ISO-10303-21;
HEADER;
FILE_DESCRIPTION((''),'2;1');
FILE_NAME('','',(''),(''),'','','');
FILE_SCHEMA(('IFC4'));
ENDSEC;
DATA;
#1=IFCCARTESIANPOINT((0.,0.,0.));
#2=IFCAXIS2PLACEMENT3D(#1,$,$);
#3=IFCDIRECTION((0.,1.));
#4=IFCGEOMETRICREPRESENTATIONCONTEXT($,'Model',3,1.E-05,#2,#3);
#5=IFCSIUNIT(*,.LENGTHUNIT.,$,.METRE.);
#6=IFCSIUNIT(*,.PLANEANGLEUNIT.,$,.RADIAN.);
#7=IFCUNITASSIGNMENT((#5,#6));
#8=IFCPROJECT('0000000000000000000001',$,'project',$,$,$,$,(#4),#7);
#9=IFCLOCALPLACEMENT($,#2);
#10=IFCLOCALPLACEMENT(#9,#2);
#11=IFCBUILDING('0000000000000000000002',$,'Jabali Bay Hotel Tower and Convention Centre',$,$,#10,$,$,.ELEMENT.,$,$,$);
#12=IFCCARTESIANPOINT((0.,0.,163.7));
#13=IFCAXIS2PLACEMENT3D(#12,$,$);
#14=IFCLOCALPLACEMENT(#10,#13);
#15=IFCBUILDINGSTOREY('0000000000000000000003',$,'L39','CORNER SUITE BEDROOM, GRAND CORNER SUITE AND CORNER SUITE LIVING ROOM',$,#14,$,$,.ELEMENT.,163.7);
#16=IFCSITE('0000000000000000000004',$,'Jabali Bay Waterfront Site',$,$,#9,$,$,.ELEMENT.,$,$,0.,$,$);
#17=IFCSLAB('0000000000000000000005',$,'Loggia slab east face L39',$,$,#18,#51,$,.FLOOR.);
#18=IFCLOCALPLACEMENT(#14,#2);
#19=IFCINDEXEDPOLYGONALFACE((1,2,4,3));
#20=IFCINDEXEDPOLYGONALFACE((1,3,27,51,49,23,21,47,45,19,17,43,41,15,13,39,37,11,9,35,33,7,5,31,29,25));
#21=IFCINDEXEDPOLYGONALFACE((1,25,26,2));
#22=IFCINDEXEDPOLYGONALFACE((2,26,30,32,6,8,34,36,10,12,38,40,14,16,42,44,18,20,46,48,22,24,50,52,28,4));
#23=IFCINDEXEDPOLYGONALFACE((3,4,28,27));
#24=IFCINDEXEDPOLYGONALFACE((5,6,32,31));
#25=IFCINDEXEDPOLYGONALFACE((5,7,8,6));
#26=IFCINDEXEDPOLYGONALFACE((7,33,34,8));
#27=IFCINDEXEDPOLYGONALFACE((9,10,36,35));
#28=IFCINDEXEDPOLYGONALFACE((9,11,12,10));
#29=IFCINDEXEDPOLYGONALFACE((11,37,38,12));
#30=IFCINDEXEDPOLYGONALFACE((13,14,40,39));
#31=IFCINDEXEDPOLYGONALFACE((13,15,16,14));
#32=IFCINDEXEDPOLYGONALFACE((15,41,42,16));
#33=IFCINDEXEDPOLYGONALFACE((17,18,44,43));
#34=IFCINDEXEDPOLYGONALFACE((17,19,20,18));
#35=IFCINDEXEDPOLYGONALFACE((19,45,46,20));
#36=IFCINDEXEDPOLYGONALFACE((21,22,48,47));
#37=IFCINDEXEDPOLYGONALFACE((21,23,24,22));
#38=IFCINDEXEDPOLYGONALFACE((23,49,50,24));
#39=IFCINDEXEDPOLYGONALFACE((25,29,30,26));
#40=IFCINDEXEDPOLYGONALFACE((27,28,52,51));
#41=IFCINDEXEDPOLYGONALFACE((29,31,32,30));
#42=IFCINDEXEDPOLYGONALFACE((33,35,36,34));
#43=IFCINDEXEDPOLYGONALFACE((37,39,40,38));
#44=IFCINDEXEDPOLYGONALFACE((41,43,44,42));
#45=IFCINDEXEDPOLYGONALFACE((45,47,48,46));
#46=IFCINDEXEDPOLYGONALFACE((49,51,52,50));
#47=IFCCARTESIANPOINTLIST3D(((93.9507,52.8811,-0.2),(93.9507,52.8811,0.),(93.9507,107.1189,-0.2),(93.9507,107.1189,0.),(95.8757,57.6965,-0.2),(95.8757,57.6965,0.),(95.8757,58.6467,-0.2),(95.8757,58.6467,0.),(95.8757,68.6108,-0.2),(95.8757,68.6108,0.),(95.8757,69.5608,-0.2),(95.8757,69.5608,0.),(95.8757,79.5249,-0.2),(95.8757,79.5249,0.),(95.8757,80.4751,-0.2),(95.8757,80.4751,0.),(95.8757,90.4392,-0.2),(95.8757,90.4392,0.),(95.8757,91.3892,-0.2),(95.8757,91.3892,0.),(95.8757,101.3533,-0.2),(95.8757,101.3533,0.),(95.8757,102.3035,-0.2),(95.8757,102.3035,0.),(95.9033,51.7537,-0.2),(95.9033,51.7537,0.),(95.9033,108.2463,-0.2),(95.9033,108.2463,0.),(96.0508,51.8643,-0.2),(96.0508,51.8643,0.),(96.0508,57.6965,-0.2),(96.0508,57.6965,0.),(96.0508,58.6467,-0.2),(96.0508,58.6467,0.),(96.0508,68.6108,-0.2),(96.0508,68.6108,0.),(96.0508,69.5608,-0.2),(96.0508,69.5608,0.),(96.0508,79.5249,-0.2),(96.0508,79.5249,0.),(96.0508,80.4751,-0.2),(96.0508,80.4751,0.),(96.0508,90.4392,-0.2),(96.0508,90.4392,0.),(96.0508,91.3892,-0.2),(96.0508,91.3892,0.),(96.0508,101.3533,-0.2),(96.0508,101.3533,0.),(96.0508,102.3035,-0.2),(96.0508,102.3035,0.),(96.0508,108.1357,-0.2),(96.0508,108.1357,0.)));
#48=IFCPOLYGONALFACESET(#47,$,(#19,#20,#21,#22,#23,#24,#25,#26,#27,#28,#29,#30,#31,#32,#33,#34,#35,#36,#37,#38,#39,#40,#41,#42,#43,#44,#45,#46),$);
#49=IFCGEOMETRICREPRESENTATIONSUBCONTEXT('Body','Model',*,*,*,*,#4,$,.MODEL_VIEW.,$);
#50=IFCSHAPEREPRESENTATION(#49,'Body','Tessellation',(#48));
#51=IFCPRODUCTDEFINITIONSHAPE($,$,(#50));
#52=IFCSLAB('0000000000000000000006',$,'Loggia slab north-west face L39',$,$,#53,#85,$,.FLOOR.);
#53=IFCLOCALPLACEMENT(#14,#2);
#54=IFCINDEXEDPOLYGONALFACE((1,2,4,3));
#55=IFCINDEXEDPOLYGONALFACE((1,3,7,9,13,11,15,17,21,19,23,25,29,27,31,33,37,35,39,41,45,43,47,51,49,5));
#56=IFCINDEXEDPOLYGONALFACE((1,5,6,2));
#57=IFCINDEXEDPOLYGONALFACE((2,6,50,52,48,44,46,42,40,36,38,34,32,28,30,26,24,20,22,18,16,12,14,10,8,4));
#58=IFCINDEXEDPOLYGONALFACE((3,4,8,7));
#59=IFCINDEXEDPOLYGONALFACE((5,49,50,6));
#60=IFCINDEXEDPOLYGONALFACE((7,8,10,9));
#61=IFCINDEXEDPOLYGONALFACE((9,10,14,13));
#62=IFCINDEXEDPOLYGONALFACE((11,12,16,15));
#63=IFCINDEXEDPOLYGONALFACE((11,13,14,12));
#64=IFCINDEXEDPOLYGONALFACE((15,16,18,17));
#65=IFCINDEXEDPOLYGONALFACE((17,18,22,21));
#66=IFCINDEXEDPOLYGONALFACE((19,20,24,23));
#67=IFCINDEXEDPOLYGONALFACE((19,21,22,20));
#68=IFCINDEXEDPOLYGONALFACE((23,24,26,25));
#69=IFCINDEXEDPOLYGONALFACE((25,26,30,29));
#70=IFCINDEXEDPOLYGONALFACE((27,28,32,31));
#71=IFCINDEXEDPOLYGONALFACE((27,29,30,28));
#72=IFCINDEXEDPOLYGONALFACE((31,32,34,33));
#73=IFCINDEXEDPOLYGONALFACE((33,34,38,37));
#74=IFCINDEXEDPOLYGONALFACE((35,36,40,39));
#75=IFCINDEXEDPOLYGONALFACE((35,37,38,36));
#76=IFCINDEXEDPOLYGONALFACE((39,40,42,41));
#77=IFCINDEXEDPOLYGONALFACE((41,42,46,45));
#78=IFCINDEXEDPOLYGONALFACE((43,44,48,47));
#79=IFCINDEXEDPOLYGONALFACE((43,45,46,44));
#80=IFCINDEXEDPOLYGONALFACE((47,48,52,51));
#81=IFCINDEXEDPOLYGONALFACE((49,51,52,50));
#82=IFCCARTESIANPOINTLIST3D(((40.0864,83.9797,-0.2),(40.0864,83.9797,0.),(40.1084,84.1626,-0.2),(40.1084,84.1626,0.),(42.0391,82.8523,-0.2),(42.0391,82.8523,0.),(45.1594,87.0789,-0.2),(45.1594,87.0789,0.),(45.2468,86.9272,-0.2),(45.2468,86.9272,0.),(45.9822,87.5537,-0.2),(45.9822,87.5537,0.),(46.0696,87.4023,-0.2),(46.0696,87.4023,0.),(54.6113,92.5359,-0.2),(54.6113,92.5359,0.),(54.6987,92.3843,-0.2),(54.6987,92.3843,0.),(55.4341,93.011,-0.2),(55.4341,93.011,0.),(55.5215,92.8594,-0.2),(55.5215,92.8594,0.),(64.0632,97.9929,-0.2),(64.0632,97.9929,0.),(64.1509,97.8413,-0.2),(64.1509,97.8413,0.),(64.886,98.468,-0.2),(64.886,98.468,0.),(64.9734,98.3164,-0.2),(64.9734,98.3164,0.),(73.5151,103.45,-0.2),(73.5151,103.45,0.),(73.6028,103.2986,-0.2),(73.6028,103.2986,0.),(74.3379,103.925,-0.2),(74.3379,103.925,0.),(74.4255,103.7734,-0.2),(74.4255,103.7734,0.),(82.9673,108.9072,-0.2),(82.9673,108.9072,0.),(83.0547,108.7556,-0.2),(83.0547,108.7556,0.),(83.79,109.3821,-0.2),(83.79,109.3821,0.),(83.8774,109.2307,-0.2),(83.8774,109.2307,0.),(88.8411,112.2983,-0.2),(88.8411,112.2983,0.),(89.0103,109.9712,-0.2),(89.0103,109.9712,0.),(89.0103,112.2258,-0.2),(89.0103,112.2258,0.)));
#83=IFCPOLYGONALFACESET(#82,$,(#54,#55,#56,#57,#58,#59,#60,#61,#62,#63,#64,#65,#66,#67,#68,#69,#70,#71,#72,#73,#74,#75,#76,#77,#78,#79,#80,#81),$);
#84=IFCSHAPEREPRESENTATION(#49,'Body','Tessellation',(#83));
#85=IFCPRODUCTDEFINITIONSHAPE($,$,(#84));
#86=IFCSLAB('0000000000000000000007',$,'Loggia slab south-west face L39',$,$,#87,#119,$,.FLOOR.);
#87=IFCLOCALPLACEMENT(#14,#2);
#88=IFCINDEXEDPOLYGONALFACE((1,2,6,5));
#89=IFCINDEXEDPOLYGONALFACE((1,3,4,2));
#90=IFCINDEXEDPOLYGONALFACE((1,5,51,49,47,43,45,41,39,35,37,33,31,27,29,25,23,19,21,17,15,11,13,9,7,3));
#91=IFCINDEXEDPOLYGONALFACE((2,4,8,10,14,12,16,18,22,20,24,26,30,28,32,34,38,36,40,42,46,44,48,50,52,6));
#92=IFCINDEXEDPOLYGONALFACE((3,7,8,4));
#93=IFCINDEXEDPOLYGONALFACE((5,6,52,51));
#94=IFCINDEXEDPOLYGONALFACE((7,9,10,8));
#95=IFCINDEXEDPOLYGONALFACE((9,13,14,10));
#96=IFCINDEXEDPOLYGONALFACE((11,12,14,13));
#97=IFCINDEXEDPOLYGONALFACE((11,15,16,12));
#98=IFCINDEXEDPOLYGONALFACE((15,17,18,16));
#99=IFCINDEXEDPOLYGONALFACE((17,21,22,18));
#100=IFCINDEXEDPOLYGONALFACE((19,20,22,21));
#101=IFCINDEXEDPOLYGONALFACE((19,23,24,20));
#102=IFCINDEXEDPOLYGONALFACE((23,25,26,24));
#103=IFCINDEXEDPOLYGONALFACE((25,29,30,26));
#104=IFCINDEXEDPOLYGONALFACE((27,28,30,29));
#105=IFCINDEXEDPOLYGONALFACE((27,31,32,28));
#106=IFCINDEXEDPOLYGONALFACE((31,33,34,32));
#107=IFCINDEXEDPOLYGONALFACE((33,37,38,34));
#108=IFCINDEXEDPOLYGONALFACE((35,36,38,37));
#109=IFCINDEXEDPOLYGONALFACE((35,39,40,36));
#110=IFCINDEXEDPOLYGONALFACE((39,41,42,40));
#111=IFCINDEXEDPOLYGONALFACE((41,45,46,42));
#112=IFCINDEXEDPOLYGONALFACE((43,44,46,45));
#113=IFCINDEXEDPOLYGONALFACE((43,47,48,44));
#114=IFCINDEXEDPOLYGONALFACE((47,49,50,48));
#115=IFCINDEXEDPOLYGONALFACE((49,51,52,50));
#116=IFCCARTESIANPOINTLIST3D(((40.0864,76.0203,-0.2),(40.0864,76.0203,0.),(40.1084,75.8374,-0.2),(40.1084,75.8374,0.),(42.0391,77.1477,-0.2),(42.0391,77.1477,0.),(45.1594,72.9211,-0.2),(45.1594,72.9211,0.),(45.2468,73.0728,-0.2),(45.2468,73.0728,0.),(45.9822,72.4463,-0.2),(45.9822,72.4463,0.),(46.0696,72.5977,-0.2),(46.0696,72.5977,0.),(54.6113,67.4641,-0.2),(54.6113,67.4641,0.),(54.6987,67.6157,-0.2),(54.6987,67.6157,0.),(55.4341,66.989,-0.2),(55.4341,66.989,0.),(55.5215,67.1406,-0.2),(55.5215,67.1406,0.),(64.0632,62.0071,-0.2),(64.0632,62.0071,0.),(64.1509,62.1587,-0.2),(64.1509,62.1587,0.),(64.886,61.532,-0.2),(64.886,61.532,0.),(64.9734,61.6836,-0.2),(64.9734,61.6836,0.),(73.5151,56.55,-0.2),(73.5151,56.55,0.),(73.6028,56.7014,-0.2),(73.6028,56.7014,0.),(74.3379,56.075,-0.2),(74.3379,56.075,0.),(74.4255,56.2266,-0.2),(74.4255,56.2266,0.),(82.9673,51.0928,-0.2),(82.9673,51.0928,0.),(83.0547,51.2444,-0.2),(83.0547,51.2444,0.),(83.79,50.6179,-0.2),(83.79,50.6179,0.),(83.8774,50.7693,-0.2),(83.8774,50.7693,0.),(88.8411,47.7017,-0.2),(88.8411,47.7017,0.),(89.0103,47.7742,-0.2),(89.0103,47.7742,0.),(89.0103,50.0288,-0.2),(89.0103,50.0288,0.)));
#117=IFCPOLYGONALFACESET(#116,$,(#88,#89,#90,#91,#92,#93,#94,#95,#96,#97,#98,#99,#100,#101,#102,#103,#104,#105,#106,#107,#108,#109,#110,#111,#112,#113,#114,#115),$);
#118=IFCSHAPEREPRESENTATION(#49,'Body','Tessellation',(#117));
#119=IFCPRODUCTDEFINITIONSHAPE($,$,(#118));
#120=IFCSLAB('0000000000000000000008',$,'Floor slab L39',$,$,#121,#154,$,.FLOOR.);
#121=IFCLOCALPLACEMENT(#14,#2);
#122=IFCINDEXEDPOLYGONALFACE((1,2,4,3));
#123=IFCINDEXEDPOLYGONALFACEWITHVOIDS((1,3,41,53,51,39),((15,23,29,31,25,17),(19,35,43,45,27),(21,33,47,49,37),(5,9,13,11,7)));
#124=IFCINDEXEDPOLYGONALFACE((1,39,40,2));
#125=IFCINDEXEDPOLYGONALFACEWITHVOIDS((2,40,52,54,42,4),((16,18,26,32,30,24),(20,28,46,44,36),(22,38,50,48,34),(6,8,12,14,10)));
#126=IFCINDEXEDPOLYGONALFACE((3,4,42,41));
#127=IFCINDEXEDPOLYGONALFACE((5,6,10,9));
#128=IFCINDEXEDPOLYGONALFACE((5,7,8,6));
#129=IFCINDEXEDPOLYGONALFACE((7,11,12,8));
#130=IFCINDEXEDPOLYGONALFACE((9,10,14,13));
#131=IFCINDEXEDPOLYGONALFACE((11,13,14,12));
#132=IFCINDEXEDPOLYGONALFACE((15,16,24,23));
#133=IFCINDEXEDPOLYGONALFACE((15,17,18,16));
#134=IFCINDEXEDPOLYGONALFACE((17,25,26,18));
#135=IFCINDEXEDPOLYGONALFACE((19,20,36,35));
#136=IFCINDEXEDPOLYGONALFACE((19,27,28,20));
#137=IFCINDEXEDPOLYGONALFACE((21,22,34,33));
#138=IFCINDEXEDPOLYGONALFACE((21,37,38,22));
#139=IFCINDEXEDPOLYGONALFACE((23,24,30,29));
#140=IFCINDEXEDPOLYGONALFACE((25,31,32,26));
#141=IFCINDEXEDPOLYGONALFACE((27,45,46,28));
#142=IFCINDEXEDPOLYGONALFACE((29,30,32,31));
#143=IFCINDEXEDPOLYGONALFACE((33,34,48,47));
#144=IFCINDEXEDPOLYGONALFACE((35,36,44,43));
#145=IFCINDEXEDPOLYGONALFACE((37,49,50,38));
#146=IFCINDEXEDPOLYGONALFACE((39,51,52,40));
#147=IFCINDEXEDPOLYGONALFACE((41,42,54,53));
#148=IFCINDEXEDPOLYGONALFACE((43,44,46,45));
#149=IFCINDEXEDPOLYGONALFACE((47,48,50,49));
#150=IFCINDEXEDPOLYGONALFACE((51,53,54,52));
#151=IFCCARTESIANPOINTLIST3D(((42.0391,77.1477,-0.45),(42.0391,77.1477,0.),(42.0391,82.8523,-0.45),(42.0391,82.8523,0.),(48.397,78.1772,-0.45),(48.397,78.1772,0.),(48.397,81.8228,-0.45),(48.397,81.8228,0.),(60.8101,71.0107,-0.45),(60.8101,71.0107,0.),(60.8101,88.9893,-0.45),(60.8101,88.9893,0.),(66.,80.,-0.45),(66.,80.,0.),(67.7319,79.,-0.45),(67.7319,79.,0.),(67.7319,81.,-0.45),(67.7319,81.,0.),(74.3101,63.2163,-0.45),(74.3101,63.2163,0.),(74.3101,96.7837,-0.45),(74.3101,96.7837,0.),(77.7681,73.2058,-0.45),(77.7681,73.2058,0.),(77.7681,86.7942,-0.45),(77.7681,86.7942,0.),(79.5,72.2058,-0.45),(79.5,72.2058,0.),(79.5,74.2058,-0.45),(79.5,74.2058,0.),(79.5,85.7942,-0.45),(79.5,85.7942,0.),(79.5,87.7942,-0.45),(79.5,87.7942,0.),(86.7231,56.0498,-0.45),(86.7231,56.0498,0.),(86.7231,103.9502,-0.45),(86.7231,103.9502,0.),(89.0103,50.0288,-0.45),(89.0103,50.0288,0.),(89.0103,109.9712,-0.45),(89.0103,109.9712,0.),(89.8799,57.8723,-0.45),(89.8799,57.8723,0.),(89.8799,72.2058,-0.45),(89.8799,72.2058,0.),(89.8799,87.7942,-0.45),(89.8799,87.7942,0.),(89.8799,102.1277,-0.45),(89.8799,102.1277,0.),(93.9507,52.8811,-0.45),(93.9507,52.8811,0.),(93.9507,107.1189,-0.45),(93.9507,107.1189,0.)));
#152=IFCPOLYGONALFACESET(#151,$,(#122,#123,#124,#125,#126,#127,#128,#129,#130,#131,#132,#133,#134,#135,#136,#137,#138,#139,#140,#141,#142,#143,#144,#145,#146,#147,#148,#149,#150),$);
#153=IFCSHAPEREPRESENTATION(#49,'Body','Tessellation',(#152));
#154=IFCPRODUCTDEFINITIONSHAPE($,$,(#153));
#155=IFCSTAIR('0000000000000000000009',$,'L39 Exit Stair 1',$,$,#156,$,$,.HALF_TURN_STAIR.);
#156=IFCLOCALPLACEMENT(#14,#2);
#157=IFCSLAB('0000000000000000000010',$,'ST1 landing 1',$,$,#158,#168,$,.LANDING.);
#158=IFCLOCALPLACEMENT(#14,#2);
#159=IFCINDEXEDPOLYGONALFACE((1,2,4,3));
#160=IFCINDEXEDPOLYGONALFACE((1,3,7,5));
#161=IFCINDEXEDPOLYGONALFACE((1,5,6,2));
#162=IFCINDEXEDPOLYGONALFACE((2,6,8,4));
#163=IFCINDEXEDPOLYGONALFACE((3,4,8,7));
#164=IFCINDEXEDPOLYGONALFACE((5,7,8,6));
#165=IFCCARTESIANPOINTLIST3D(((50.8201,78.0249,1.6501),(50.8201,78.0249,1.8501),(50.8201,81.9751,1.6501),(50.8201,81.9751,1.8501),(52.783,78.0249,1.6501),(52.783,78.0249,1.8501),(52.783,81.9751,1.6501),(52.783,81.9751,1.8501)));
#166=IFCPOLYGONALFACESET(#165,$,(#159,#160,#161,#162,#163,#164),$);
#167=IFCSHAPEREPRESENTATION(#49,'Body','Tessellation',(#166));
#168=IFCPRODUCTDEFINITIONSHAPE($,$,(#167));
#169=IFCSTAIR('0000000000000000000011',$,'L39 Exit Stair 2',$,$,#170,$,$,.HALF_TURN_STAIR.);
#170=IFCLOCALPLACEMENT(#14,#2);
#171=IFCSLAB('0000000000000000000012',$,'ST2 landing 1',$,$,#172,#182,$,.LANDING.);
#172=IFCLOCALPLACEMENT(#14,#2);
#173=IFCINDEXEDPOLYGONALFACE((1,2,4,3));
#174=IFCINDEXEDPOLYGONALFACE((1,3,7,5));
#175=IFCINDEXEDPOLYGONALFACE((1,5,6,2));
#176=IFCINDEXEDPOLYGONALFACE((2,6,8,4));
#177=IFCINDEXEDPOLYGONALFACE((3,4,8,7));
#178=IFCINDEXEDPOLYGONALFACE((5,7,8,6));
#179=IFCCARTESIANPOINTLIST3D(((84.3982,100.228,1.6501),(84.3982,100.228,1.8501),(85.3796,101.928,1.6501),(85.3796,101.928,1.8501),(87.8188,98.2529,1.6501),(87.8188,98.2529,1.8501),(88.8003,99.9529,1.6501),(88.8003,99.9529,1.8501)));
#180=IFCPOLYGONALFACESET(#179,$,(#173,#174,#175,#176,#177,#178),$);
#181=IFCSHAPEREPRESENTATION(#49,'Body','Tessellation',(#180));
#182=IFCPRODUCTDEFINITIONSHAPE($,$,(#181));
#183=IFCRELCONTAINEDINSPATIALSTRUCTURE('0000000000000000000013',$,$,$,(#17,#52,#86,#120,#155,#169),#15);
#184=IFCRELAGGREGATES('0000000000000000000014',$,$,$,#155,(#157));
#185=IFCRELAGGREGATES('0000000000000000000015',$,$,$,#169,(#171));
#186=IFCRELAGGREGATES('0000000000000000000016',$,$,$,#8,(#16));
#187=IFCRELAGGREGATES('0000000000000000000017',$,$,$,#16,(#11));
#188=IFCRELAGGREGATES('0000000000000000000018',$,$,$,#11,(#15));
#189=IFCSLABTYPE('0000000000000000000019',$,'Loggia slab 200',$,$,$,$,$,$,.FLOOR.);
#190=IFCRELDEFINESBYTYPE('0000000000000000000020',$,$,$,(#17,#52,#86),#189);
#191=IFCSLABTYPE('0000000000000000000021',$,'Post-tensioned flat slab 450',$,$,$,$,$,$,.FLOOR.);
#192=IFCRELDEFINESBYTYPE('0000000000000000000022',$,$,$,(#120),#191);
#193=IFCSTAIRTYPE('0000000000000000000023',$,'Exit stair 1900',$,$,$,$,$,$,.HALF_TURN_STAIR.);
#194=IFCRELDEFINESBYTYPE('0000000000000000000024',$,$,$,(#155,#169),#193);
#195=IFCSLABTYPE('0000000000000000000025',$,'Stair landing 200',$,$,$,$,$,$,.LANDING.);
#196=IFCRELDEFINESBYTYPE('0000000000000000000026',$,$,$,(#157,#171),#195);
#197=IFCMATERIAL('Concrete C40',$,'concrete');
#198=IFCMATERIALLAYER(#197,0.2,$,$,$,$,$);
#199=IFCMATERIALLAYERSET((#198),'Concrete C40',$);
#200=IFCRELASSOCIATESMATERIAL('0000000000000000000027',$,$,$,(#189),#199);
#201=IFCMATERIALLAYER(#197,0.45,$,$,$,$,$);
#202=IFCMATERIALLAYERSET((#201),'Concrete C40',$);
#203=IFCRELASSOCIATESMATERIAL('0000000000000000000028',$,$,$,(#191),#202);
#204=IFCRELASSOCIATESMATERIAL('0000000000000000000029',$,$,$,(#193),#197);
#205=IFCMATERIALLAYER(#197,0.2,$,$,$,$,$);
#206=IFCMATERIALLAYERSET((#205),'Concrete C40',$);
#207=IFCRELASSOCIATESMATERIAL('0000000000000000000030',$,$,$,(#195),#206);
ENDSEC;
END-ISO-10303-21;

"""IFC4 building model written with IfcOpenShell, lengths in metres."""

from ifc_helpers import new_model, si_unit, direction, frame, origin, place, context, subcontext, project, spatial, polyline, outline, extrude, material, layer, layer_set, type_object, element, aggregate, save


model = new_model("IFC4")

# Units and contexts
model_context = context("Model", 3, precision=1e-05, world=origin(), true_north=direction((0.0, 1.0)))
body_context = subcontext(model_context, "Body", "Model", "MODEL_VIEW")
ifc_project = project(units=[si_unit("LENGTHUNIT", "METRE"), si_unit("PLANEANGLEUNIT", "RADIAN")], contexts=[model_context])

# Site, building, storey
site_placement = place(None, origin())
site = spatial("IfcSite", under=ifc_project, at=site_placement, Name="Jabali Bay Waterfront Site", CompositionType="ELEMENT", RefElevation=0.0)
building_placement = place(site_placement, origin())
building = spatial("IfcBuilding", under=site, at=building_placement, Name="Jabali Bay Hotel Tower and Convention Centre", CompositionType="ELEMENT")
storey_placement = place(building_placement, frame((0.0, 0.0, 163.7)))
storey = spatial("IfcBuildingStorey", under=building, at=storey_placement, Name="L39", Description="CORNER SUITE BEDROOM, GRAND CORNER SUITE AND CORNER SUITE LIVING ROOM", CompositionType="ELEMENT", Elevation=163.7)

# Slabs
ifc_material_1 = material(Name="Concrete C40", Category="concrete")
ifc_layer_1 = layer(ifc_material_1, 0.2)
ifc_layer_set_1 = layer_set([ifc_layer_1], Name="Concrete C40")
slab_type_1 = type_object("IfcSlabType", Name="Loggia slab 200", PredefinedType="FLOOR", material=ifc_layer_set_1)
slab_1_placement = place(storey_placement, frame((0.0, 0.0, -0.2)))
element("IfcSlab", 1, at=slab_1_placement, inside=storey, type_object=slab_type_1, Name="Loggia slab east face L39", PredefinedType="FLOOR", context=body_context, shape_type="SweptSolid", body=[
    extrude(outline(polyline([(93.9507, 107.1189), (95.9033, 108.2463), (96.0508, 108.1357), (96.0508, 102.3035), (95.8757, 102.3035), (95.8757, 101.3533), (96.0508, 101.3533), (96.0508, 91.3892), (95.8757, 91.3892), (95.8757, 90.4392), (96.0508, 90.4392), (96.0508, 80.4751), (95.8757, 80.4751), (95.8757, 79.5249), (96.0508, 79.5249), (96.0508, 69.5608), (95.8757, 69.5608), (95.8757, 68.6108), (96.0508, 68.6108), (96.0508, 58.6467), (95.8757, 58.6467), (95.8757, 57.6965), (96.0508, 57.6965), (96.0508, 51.8643), (95.9033, 51.7537), (93.9507, 52.8811), (93.9507, 107.1189)])), origin(), (0.0, 0.0, 1.0), 0.2),
])
slab_2_placement = place(storey_placement, frame((0.0, 0.0, -0.2)))
element("IfcSlab", 2, at=slab_2_placement, inside=storey, type_object=slab_type_1, Name="Loggia slab north-west face L39", PredefinedType="FLOOR", context=body_context, shape_type="SweptSolid", body=[
    extrude(outline(polyline([(42.0391, 82.8523), (40.0864, 83.9797), (40.1084, 84.1626), (45.1594, 87.0789), (45.2468, 86.9272), (46.0696, 87.4023), (45.9822, 87.5537), (54.6113, 92.5359), (54.6987, 92.3843), (55.5215, 92.8594), (55.4341, 93.011), (64.0632, 97.9929), (64.1509, 97.8413), (64.9734, 98.3164), (64.886, 98.468), (73.5151, 103.45), (73.6028, 103.2986), (74.4255, 103.7734), (74.3379, 103.925), (82.9673, 108.9072), (83.0547, 108.7556), (83.8774, 109.2307), (83.79, 109.3821), (88.8411, 112.2983), (89.0103, 112.2258), (89.0103, 109.9712), (42.0391, 82.8523)])), origin(), (0.0, 0.0, 1.0), 0.2),
])
slab_3_placement = place(storey_placement, frame((0.0, 0.0, -0.2)))
element("IfcSlab", 3, at=slab_3_placement, inside=storey, type_object=slab_type_1, Name="Loggia slab south-west face L39", PredefinedType="FLOOR", context=body_context, shape_type="SweptSolid", body=[
    extrude(outline(polyline([(89.0103, 50.0288), (89.0103, 47.7742), (88.8411, 47.7017), (83.79, 50.6179), (83.8774, 50.7693), (83.0547, 51.2444), (82.9673, 51.0928), (74.3379, 56.075), (74.4255, 56.2266), (73.6028, 56.7014), (73.5151, 56.55), (64.886, 61.532), (64.9734, 61.6836), (64.1509, 62.1587), (64.0632, 62.0071), (55.4341, 66.989), (55.5215, 67.1406), (54.6987, 67.6157), (54.6113, 67.4641), (45.9822, 72.4463), (46.0696, 72.5977), (45.2468, 73.0728), (45.1594, 72.9211), (40.1084, 75.8374), (40.0864, 76.0203), (42.0391, 77.1477), (89.0103, 50.0288)])), origin(), (0.0, 0.0, 1.0), 0.2),
])
ifc_layer_2 = layer(ifc_material_1, 0.45)
ifc_layer_set_2 = layer_set([ifc_layer_2], Name="Concrete C40")
slab_type_2 = type_object("IfcSlabType", Name="Post-tensioned flat slab 450", PredefinedType="FLOOR", material=ifc_layer_set_2)
slab_4_placement = place(storey_placement, frame((0.0, 0.0, -0.45)))
element("IfcSlab", 4, at=slab_4_placement, inside=storey, type_object=slab_type_2, Name="Floor slab L39", PredefinedType="FLOOR", context=body_context, shape_type="SweptSolid", body=[
    extrude(outline(polyline([(89.0103, 109.9712), (93.9507, 107.1189), (93.9507, 52.8811), (89.0103, 50.0288), (42.0391, 77.1477), (42.0391, 82.8523), (89.0103, 109.9712)]), holes=[polyline([(67.7319, 79.0), (77.7681, 73.2058), (79.5, 74.2058), (79.5, 85.7942), (77.7681, 86.7942), (67.7319, 81.0), (67.7319, 79.0)]), polyline([(48.397, 78.1772), (60.8101, 71.0107), (66.0, 80.0), (60.8101, 88.9893), (48.397, 81.8228), (48.397, 78.1772)]), polyline([(89.8799, 102.1277), (86.7231, 103.9502), (74.3101, 96.7837), (79.5, 87.7942), (89.8799, 87.7942), (89.8799, 102.1277)]), polyline([(74.3101, 63.2163), (86.7231, 56.0498), (89.8799, 57.8723), (89.8799, 72.2058), (79.5, 72.2058), (74.3101, 63.2163)])]), origin(), (0.0, 0.0, 1.0), 0.45),
])

# Stairs, slabs
stair_type = type_object("IfcStairType", Name="Exit stair 1900", PredefinedType="HALF_TURN_STAIR", material=ifc_material_1)
stair_1_placement = place(storey_placement, origin())
stair_1 = element("IfcStair", 5, at=stair_1_placement, inside=storey, type_object=stair_type, Name="L39 Exit Stair 1", PredefinedType="HALF_TURN_STAIR")
ifc_layer_3 = layer(ifc_material_1, 0.2)
ifc_layer_set_3 = layer_set([ifc_layer_3], Name="Concrete C40")
slab_type_3 = type_object("IfcSlabType", Name="Stair landing 200", PredefinedType="LANDING", material=ifc_layer_set_3)
slab_5_placement = place(storey_placement, frame((0.0, 0.0, 1.6501)))
slab_5 = element("IfcSlab", 6, at=slab_5_placement, type_object=slab_type_3, Name="ST1 landing 1", PredefinedType="LANDING", context=body_context, shape_type="SweptSolid", body=[
    extrude(outline(polyline([(52.783, 81.9751), (50.8201, 81.9751), (50.8201, 78.0249), (52.783, 78.0249), (52.783, 81.9751)])), origin(), (0.0, 0.0, 1.0), 0.2),
])
aggregate(stair_1, [slab_5])
stair_2_placement = place(storey_placement, origin())
stair_2 = element("IfcStair", 7, at=stair_2_placement, inside=storey, type_object=stair_type, Name="L39 Exit Stair 2", PredefinedType="HALF_TURN_STAIR")
slab_6_placement = place(storey_placement, frame((0.0, 0.0, 1.6501)))
slab_6 = element("IfcSlab", 8, at=slab_6_placement, type_object=slab_type_3, Name="ST2 landing 1", PredefinedType="LANDING", context=body_context, shape_type="SweptSolid", body=[
    extrude(outline(polyline([(87.8188, 98.2529), (88.8003, 99.9529), (85.3796, 101.928), (84.3982, 100.228), (87.8188, 98.2529)])), origin(), (0.0, 0.0, 1.0), 0.2),
])
aggregate(stair_2, [slab_6])

save(model, "model.ifc")
